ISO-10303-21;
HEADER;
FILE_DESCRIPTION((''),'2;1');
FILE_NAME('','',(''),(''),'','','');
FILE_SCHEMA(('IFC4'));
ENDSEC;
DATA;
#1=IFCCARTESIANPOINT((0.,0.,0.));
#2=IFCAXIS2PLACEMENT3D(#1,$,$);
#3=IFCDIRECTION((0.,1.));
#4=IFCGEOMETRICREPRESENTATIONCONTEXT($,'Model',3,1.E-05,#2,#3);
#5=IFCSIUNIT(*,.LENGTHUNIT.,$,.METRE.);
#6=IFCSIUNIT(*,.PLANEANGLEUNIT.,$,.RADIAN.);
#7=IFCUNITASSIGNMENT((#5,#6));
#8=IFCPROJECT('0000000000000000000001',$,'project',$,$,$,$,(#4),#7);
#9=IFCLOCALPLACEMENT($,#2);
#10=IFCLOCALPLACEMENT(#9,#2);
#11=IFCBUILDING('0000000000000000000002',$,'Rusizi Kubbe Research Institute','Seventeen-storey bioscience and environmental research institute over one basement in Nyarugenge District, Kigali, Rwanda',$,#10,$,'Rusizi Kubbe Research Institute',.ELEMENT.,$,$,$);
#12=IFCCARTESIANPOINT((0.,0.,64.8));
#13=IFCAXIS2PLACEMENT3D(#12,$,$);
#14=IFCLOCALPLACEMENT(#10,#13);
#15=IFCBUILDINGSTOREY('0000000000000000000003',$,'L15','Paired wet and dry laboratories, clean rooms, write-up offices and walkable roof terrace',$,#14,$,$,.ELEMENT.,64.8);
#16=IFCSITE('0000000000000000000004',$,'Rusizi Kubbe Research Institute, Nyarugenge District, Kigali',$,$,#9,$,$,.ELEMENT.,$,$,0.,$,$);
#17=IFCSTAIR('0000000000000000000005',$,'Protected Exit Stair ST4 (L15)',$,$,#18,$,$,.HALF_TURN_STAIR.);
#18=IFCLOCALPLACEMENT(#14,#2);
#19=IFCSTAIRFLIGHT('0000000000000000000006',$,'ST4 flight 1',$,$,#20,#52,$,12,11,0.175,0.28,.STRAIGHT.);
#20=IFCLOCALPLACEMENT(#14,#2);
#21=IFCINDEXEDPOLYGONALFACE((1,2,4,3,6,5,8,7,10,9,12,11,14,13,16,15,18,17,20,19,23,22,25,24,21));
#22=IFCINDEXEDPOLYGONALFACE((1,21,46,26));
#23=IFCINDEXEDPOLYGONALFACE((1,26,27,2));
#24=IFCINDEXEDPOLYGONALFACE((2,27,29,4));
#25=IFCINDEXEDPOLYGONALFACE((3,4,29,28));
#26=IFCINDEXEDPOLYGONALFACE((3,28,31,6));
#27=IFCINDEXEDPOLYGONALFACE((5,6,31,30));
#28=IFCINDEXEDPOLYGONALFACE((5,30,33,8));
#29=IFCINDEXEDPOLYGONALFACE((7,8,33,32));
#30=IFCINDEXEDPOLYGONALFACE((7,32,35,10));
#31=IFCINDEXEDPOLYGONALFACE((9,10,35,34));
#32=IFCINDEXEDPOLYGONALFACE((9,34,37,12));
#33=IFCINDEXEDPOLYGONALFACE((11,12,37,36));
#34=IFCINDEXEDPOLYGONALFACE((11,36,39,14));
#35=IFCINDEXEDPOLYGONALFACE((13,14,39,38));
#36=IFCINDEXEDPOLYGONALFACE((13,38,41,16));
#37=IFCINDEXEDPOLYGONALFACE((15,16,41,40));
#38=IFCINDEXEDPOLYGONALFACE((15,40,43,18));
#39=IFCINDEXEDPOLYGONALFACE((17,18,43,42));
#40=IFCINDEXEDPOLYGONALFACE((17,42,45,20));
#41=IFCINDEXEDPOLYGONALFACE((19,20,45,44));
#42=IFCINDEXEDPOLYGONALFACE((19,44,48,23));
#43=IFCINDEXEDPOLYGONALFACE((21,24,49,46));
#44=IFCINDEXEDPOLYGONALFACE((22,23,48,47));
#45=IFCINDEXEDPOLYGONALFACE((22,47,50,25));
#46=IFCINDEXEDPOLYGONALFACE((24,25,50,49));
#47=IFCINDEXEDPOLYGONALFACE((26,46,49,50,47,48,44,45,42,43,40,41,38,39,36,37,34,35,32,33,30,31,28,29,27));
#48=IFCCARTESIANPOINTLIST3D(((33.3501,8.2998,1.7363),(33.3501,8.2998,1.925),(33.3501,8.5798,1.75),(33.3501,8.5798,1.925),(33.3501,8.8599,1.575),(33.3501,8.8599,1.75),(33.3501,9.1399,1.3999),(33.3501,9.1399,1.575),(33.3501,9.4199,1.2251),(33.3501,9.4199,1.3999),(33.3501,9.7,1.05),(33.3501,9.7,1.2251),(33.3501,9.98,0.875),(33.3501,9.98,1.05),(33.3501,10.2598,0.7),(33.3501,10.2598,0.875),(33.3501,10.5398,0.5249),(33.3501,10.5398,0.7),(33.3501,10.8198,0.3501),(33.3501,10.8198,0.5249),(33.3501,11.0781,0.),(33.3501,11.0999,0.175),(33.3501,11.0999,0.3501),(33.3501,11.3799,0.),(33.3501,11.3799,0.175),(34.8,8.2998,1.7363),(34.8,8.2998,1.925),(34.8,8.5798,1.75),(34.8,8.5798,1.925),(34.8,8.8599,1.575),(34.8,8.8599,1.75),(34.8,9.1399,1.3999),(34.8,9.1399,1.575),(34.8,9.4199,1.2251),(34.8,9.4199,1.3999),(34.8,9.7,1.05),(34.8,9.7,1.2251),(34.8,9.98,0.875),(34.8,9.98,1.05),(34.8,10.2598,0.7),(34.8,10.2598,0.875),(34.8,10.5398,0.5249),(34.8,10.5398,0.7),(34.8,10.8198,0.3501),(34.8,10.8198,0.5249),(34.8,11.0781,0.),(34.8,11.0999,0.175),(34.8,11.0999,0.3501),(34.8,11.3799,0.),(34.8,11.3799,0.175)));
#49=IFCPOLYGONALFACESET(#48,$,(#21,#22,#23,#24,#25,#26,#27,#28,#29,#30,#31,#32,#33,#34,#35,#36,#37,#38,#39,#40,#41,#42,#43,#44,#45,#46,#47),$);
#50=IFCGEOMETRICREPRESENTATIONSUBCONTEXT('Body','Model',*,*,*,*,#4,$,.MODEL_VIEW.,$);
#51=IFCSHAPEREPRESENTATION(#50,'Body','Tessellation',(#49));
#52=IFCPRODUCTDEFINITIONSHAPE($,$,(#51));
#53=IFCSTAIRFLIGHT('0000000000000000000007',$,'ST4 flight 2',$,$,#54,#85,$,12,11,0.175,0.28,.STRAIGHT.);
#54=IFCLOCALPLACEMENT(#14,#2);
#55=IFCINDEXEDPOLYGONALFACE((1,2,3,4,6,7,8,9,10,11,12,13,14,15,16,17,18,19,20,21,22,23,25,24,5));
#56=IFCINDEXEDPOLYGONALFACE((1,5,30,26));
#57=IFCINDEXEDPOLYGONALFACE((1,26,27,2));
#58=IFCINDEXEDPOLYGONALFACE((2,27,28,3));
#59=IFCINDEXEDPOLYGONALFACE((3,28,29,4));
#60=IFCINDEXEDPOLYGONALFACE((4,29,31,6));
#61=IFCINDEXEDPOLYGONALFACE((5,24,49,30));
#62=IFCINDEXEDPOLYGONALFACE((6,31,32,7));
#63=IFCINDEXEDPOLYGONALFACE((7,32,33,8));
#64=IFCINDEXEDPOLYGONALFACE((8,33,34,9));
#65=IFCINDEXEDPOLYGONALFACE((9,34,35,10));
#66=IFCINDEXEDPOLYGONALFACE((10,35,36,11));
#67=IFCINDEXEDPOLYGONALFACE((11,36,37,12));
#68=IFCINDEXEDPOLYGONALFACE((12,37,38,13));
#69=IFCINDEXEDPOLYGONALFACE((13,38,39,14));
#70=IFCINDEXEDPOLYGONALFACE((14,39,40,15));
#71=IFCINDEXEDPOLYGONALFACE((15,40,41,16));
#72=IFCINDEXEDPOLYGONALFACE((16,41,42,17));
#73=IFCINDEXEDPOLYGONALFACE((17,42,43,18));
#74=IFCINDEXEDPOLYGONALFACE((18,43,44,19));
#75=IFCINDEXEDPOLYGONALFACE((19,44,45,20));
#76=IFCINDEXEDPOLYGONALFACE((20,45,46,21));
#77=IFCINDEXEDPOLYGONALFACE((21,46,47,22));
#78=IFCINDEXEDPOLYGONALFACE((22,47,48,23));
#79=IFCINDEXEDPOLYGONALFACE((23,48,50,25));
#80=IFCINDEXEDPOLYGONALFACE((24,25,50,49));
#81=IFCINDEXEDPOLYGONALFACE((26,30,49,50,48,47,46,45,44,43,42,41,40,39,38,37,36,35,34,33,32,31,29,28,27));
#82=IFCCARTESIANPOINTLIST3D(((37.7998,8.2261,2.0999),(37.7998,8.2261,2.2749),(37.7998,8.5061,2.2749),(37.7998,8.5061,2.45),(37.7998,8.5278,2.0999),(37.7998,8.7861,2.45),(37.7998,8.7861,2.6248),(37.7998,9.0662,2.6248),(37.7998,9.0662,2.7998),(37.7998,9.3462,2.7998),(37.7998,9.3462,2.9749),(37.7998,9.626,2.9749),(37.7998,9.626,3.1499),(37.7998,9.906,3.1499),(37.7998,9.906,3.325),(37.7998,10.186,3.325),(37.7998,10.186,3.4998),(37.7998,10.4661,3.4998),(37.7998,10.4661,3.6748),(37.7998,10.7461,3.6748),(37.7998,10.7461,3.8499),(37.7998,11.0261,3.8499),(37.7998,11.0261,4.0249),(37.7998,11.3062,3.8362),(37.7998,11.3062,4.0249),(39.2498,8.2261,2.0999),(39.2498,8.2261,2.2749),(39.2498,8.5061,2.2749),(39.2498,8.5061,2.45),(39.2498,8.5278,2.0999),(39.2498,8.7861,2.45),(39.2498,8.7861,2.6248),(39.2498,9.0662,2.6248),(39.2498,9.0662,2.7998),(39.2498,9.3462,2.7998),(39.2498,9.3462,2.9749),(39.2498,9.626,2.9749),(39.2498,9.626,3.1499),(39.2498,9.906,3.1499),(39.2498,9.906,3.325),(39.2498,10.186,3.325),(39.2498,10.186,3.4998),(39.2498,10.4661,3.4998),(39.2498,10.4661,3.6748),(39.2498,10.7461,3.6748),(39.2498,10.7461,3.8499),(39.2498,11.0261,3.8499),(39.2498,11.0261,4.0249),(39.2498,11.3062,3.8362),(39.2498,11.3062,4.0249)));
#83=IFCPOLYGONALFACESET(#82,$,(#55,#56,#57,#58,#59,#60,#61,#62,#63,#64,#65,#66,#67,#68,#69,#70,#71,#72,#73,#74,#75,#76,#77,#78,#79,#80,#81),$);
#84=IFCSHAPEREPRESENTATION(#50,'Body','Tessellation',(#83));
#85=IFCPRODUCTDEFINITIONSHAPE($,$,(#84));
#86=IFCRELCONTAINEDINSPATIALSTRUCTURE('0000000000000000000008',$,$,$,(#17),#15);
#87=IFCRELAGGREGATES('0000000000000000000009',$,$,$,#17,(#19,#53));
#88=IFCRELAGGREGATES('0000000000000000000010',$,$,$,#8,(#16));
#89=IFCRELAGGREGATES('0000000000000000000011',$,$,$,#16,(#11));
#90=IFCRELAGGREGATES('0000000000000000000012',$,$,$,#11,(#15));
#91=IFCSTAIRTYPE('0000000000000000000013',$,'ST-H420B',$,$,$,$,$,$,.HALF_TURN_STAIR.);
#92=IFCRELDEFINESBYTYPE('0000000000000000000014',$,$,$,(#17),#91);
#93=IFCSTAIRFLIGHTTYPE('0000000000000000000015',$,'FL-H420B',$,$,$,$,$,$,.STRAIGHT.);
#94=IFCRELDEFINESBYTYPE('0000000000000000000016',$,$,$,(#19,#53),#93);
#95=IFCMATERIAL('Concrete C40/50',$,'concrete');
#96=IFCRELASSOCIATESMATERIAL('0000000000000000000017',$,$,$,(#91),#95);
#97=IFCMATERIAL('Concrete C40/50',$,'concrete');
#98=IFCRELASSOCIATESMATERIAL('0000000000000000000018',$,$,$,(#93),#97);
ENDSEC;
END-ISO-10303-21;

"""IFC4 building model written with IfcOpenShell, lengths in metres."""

from ifc_helpers import new_model, si_unit, direction, frame, origin, place, context, subcontext, project, spatial, polyline, outline, extrude, material, type_object, element, aggregate, save


model = new_model("IFC4")

# Units and contexts
model_context = context("Model", 3, precision=1e-05, world=origin(), true_north=direction((0.0, 1.0)))
body_context = subcontext(model_context, "Body", "Model", "MODEL_VIEW")
ifc_project = project(units=[si_unit("LENGTHUNIT", "METRE"), si_unit("PLANEANGLEUNIT", "RADIAN")], contexts=[model_context])

# Site, building, storey
site_placement = place(None, origin())
site = spatial("IfcSite", under=ifc_project, at=site_placement, Name="Rusizi Kubbe Research Institute, Nyarugenge District, Kigali", CompositionType="ELEMENT", RefElevation=0.0)
building_placement = place(site_placement, origin())
building = spatial("IfcBuilding", under=site, at=building_placement, Name="Rusizi Kubbe Research Institute", Description="Seventeen-storey bioscience and environmental research institute over one basement in Nyarugenge District, Kigali, Rwanda", LongName="Rusizi Kubbe Research Institute", CompositionType="ELEMENT")
storey_placement = place(building_placement, frame((0.0, 0.0, 64.8)))
storey = spatial("IfcBuildingStorey", under=building, at=storey_placement, Name="L15", Description="Paired wet and dry laboratories, clean rooms, write-up offices and walkable roof terrace", CompositionType="ELEMENT", Elevation=64.8)

# Stair, stair flights
ifc_material_1 = material(Name="Concrete C40/50", Category="concrete")
stair_type = type_object("IfcStairType", Name="ST-H420B", PredefinedType="HALF_TURN_STAIR", material=ifc_material_1)
stair_placement = place(storey_placement, origin())
stair = element("IfcStair", 1, at=stair_placement, inside=storey, type_object=stair_type, Name="Protected Exit Stair ST4 (L15)", PredefinedType="HALF_TURN_STAIR")
ifc_material_2 = material(Name="Concrete C40/50", Category="concrete")
stair_flight_type = type_object("IfcStairFlightType", Name="FL-H420B", PredefinedType="STRAIGHT", material=ifc_material_2)
stair_flight_1_placement = place(storey_placement, frame((34.075, 11.3799, 0.0), z_axis=(0.0, 0.0, 1.0), x_axis=(0.0, -1.0, 0.0)))
stair_flight_1 = element("IfcStairFlight", 2, at=stair_flight_1_placement, type_object=stair_flight_type, Name="ST4 flight 1", NumberOfRisers=12, NumberOfTreads=11, PredefinedType="STRAIGHT", RiserHeight=0.175, TreadLength=0.28, context=body_context, shape_type="SweptSolid", body=[
    extrude(outline(polyline([(0.0, 0.0), (0.0, 0.175), (0.28, 0.175), (0.28, 0.3501), (0.5601, 0.3501), (0.5601, 0.5249), (0.8401, 0.5249), (0.8401, 0.7), (1.1201, 0.7), (1.1201, 0.875), (1.3999, 0.875), (1.3999, 1.05), (1.6799, 1.05), (1.6799, 1.2251), (1.96, 1.2251), (1.96, 1.3999), (2.24, 1.3999), (2.24, 1.575), (2.52, 1.575), (2.52, 1.75), (2.8, 1.75), (2.8, 1.925), (3.0801, 1.925), (3.0801, 2.1001), (3.0801, 1.7363), (0.3018, 0.0), (0.0, 0.0)])), frame((0.0, 0.7251, 0.0), z_axis=(0.0, -1.0, 0.0), x_axis=(1.0, 0.0, 0.0)), (0.0, 0.0, 1.0), 1.45),
])
stair_flight_2_placement = place(storey_placement, frame((38.5249, 8.2261, 2.0999), z_axis=(0.0, 0.0, 1.0), x_axis=(0.0, 1.0, 0.0)))
stair_flight_2 = element("IfcStairFlight", 3, at=stair_flight_2_placement, type_object=stair_flight_type, Name="ST4 flight 2", NumberOfRisers=12, NumberOfTreads=11, PredefinedType="STRAIGHT", RiserHeight=0.175, TreadLength=0.28, context=body_context, shape_type="SweptSolid", body=[
    extrude(outline(polyline([(0.0, 0.0), (0.0, 0.175), (0.28, 0.175), (0.28, 0.3501), (0.5601, 0.3501), (0.5601, 0.5249), (0.8401, 0.5249), (0.8401, 0.7), (1.1201, 0.7), (1.1201, 0.875), (1.3999, 0.875), (1.3999, 1.05), (1.6799, 1.05), (1.6799, 1.2251), (1.96, 1.2251), (1.96, 1.3999), (2.24, 1.3999), (2.24, 1.575), (2.52, 1.575), (2.52, 1.75), (2.8, 1.75), (2.8, 1.925), (3.0801, 1.925), (3.0801, 2.1001), (3.0801, 1.7363), (0.3018, 0.0), (0.0, 0.0)])), frame((0.0, 0.7251, 0.0), z_axis=(0.0, -1.0, 0.0), x_axis=(1.0, 0.0, 0.0)), (0.0, 0.0, 1.0), 1.45),
])
aggregate(stair, [stair_flight_1, stair_flight_2])

save(model, "model.ifc")
